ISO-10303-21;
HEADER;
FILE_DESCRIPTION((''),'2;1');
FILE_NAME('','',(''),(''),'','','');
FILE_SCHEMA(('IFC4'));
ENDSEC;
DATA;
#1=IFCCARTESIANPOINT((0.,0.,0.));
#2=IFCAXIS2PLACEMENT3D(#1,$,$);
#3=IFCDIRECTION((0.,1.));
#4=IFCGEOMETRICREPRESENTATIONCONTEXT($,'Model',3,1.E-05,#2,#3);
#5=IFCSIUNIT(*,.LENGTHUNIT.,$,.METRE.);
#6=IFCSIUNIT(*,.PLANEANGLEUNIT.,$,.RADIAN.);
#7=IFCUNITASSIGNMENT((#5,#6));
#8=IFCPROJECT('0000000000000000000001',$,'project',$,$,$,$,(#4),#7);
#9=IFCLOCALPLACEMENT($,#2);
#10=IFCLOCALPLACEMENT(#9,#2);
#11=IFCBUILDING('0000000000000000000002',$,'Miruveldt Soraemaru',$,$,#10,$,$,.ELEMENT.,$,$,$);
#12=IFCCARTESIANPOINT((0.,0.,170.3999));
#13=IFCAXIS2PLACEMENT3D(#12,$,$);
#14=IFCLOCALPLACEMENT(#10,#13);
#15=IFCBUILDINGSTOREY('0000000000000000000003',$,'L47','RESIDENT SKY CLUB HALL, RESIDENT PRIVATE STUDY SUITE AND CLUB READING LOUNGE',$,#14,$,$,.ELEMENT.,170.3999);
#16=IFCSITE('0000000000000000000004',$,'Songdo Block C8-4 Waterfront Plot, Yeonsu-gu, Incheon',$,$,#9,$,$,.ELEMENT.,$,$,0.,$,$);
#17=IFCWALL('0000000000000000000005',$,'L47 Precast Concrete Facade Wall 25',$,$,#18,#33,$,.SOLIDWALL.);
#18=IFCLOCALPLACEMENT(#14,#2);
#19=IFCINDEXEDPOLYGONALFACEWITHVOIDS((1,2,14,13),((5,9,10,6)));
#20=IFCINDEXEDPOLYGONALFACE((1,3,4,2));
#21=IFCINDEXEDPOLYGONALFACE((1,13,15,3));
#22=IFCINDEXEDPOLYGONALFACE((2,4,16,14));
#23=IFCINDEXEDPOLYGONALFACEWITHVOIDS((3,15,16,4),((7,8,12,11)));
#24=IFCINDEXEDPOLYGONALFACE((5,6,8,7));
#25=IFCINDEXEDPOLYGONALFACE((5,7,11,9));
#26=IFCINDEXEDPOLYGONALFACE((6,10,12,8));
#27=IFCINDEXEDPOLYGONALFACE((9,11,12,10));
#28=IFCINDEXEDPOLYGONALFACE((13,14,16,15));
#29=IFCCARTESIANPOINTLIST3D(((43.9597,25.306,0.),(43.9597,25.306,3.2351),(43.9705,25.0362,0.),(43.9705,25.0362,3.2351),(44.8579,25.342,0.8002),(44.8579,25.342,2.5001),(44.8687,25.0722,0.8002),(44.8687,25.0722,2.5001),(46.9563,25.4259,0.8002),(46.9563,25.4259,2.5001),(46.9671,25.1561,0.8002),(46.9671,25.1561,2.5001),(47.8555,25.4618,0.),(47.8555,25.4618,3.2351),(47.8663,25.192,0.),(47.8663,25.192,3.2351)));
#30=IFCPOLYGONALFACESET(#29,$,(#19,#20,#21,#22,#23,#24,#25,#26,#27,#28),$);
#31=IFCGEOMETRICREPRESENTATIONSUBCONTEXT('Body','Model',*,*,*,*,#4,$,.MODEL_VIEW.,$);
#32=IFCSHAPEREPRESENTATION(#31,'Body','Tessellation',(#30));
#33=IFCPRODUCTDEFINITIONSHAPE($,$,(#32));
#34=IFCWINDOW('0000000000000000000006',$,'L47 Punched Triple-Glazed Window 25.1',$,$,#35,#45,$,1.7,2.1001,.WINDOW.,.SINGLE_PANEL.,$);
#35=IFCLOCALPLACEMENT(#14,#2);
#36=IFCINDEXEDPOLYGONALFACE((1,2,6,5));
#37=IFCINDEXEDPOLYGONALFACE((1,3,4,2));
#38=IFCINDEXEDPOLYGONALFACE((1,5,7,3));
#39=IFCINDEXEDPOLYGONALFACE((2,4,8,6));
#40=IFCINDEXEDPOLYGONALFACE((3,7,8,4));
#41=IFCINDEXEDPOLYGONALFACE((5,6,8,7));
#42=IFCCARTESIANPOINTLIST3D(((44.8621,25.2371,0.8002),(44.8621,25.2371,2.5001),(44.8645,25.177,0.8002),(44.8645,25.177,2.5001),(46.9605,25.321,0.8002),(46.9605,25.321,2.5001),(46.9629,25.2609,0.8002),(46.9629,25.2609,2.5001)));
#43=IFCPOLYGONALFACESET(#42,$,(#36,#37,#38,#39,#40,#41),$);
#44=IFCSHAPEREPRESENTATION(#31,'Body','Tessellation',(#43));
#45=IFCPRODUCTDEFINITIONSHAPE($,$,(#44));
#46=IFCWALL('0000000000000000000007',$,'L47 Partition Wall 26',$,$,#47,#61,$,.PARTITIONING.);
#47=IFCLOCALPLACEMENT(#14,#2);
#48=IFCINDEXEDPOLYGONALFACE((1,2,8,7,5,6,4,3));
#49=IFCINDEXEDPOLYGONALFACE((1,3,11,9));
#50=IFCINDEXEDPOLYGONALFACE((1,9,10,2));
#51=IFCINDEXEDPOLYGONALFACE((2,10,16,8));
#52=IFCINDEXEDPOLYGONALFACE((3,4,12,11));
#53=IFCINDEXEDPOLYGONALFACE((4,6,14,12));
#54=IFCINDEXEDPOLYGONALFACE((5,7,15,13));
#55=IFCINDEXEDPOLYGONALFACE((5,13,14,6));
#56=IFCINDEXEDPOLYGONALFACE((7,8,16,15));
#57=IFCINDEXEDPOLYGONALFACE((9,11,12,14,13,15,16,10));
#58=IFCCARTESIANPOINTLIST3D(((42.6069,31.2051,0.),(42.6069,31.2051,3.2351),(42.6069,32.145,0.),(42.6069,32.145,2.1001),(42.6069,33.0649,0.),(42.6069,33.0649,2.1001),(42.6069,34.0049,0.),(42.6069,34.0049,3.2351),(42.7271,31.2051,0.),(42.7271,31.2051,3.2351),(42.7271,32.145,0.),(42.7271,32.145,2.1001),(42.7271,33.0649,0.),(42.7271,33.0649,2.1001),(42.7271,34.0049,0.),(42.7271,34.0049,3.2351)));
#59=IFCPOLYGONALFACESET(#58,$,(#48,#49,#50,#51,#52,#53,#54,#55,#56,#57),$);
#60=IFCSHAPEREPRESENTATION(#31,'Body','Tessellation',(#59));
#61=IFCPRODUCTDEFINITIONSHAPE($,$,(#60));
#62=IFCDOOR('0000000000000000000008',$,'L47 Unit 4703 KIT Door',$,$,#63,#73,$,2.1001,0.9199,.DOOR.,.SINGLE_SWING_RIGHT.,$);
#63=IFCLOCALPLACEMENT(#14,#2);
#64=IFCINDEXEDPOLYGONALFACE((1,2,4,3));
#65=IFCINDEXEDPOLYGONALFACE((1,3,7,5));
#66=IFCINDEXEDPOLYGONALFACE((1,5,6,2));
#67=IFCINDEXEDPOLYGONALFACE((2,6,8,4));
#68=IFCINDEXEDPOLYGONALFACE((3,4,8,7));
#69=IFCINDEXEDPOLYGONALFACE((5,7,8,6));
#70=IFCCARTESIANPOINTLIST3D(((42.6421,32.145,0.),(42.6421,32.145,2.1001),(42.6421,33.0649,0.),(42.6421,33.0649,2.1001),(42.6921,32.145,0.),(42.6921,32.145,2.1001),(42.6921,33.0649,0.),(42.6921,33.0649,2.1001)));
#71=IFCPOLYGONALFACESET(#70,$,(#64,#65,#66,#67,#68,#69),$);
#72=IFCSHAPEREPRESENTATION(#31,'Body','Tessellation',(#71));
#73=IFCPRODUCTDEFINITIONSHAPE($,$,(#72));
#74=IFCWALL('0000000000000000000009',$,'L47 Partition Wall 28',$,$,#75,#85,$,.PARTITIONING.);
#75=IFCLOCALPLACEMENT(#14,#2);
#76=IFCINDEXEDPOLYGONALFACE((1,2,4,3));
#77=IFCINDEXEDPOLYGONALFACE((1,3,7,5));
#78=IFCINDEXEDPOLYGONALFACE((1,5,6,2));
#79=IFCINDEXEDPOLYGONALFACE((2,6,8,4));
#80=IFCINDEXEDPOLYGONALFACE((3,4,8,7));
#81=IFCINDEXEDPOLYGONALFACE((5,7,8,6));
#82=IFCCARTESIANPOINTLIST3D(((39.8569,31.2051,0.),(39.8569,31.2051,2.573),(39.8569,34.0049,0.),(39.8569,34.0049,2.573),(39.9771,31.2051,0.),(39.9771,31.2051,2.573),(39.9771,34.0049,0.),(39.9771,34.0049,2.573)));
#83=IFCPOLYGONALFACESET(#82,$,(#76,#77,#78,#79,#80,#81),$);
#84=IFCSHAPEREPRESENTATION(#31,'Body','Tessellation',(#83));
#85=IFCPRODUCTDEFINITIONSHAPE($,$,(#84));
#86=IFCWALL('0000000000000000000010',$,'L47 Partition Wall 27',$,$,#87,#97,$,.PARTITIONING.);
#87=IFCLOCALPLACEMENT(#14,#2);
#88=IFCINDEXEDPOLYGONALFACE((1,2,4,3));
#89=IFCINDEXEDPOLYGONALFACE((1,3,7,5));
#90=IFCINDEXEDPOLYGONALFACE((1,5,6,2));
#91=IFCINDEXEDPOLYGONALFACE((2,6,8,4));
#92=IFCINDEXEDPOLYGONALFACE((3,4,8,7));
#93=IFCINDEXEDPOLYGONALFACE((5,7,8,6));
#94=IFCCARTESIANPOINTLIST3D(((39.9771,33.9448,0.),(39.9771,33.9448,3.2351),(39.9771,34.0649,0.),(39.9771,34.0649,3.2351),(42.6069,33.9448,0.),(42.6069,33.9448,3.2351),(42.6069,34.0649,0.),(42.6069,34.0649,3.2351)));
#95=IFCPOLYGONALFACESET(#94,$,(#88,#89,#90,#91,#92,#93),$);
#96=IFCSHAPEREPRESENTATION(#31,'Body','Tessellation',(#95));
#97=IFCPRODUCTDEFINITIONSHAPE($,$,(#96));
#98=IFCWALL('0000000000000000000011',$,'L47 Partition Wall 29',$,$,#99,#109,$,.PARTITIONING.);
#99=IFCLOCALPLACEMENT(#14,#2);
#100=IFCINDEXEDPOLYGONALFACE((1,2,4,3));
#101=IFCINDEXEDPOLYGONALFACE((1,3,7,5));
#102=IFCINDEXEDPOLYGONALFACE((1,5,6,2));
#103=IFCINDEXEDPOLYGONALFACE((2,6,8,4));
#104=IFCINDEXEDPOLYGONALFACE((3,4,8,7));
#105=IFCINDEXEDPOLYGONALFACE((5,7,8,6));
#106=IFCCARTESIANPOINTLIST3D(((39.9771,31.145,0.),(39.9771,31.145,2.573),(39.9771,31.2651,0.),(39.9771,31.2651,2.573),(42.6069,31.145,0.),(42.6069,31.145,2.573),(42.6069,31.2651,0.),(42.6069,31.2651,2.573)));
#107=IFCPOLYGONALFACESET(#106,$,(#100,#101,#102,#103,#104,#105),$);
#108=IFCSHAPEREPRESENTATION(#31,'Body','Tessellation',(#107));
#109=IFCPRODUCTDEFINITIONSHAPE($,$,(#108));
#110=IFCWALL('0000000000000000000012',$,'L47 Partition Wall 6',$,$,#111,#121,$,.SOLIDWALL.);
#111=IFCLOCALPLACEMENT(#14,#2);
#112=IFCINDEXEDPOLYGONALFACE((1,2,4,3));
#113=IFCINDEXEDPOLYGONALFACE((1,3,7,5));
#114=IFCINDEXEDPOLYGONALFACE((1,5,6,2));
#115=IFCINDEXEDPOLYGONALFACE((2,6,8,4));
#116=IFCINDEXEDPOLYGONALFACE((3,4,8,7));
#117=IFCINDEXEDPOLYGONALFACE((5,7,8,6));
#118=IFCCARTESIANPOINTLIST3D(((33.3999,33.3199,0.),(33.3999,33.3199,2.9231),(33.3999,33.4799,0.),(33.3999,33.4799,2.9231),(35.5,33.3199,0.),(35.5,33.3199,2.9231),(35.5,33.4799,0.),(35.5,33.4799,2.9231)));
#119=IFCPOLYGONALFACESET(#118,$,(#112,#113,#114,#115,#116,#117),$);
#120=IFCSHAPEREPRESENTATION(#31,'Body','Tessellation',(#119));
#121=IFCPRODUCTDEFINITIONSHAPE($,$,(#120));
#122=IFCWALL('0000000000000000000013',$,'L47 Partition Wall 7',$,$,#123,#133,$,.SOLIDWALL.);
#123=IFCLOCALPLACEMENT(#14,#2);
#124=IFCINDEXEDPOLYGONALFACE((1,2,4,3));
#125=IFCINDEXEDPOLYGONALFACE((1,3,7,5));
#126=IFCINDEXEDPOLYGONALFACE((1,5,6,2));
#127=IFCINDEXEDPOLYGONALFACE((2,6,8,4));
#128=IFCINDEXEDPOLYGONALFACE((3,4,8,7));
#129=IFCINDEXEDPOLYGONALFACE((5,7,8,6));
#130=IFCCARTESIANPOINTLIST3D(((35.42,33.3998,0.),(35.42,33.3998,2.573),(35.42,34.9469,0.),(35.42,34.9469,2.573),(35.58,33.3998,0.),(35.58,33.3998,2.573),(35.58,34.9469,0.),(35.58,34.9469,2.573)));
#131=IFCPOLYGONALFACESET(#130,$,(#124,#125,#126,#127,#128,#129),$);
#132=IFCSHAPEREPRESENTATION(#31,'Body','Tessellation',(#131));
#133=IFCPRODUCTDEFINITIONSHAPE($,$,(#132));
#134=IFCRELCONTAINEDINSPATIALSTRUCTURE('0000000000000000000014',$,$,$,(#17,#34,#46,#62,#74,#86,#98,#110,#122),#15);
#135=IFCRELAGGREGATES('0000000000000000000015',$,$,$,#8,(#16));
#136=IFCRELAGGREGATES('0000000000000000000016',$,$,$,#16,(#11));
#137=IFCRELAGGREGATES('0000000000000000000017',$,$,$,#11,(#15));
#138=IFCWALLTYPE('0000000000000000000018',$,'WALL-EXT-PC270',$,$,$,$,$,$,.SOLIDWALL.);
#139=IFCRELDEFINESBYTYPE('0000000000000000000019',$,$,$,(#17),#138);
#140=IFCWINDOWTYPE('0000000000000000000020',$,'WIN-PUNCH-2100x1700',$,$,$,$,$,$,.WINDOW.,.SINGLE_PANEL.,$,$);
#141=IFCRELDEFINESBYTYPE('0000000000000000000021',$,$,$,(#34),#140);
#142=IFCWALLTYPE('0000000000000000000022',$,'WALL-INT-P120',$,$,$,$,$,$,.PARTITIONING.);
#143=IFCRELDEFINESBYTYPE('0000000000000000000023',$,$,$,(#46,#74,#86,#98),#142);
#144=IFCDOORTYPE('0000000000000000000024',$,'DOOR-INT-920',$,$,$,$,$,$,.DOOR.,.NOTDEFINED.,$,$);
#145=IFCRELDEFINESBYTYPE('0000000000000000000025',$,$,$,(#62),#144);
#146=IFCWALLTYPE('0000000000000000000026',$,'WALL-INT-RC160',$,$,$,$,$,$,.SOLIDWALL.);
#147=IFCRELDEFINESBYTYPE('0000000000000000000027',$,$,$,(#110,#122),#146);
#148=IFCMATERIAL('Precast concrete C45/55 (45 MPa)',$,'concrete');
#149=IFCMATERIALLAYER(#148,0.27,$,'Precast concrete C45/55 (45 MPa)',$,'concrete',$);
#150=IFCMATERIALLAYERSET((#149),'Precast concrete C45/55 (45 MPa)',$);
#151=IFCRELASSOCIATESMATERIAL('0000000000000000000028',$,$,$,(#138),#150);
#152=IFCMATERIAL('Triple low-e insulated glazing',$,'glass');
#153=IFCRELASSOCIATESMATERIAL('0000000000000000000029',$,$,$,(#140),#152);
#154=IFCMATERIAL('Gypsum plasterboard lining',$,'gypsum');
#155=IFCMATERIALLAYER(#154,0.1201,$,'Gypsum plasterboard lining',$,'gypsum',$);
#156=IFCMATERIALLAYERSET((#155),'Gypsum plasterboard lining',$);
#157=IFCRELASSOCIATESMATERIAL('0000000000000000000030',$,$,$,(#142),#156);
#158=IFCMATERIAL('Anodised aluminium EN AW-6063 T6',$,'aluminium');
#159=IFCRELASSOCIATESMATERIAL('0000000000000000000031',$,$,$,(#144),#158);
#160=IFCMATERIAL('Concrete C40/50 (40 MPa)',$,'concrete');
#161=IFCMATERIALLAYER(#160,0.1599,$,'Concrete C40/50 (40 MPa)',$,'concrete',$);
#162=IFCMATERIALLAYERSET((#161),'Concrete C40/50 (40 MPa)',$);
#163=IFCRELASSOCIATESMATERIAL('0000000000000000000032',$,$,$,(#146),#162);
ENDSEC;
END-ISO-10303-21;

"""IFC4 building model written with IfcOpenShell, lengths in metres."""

from ifc_helpers import new_model, si_unit, direction, frame, frame_2d, origin, place, context, subcontext, project, spatial, rectangle, extrude, material, layer, layer_set, type_object, element, fill, save


model = new_model("IFC4")

# Units and contexts
model_context = context("Model", 3, precision=1e-05, world=origin(), true_north=direction((0.0, 1.0)))
body_context = subcontext(model_context, "Body", "Model", "MODEL_VIEW")
ifc_project = project(units=[si_unit("LENGTHUNIT", "METRE"), si_unit("PLANEANGLEUNIT", "RADIAN")], contexts=[model_context])

# Site, building, storey
site_placement = place(None, origin())
site = spatial("IfcSite", under=ifc_project, at=site_placement, Name="Songdo Block C8-4 Waterfront Plot, Yeonsu-gu, Incheon", CompositionType="ELEMENT", RefElevation=0.0)
building_placement = place(site_placement, origin())
building = spatial("IfcBuilding", under=site, at=building_placement, Name="Miruveldt Soraemaru", CompositionType="ELEMENT")
storey_placement = place(building_placement, frame((0.0, 0.0, 170.3999)))
storey = spatial("IfcBuildingStorey", under=building, at=storey_placement, Name="L47", Description="RESIDENT SKY CLUB HALL, RESIDENT PRIVATE STUDY SUITE AND CLUB READING LOUNGE", CompositionType="ELEMENT", Elevation=170.3999)

# Wall, opening, window
ifc_material_1 = material(Name="Precast concrete C45/55 (45 MPa)", Category="concrete")
ifc_layer_1 = layer(ifc_material_1, 0.27, Name="Precast concrete C45/55 (45 MPa)", Category="concrete")
ifc_layer_set_1 = layer_set([ifc_layer_1], Name="Precast concrete C45/55 (45 MPa)")
wall_type_1 = type_object("IfcWallType", Name="WALL-EXT-PC270", PredefinedType="SOLIDWALL", material=ifc_layer_set_1)
ifc_material_2 = material(Name="Triple low-e insulated glazing", Category="glass")
window_type = type_object("IfcWindowType", Name="WIN-PUNCH-2100x1700", PartitioningType="SINGLE_PANEL", PredefinedType="WINDOW", material=ifc_material_2)
wall_1_placement = place(storey_placement, frame((43.9651, 25.1711, 0.0), z_axis=(0.0, 0.0, 1.0), x_axis=(0.999202, 0.039951, 0.0)))
wall_1 = element("IfcWall", 1, at=wall_1_placement, inside=storey, type_object=wall_type_1, Name="L47 Precast Concrete Facade Wall 25", PredefinedType="SOLIDWALL", context=body_context, shape_type="SweptSolid", body=[
    extrude(rectangle(XDim=3.8989, YDim=0.27, at=frame_2d((1.9495, 0.0))), origin(), (0.0, 0.0, 1.0), 3.2351),
])
opening_1_placement = place(wall_1_placement, frame((0.8989, 0.0, 0.8)))
opening_1 = element("IfcOpeningElement", 2, at=opening_1_placement, cuts=wall_1, PredefinedType="OPENING", context=body_context, shape_type="SweptSolid", body=[
    extrude(rectangle(XDim=2.1001, YDim=1.7, at=frame_2d((1.05, 0.8501))), frame((0.0, 0.145, 0.0), z_axis=(0.0, -1.0, 0.0), x_axis=(1.0, 0.0, 0.0)), (0.0, 0.0, 1.0), 0.29),
])
window_1_placement = place(opening_1_placement, origin())
window_1 = element("IfcWindow", 3, at=window_1_placement, inside=storey, type_object=window_type, Name="L47 Punched Triple-Glazed Window 25.1", OverallHeight=1.7, OverallWidth=2.1001, PartitioningType="SINGLE_PANEL", PredefinedType="WINDOW", context=body_context, shape_type="SweptSolid", body=[
    extrude(rectangle(XDim=2.1001, YDim=1.7, at=frame_2d((1.05, 0.8501))), frame((0.0, 0.03, 0.0), z_axis=(0.0, -1.0, 0.0), x_axis=(1.0, 0.0, 0.0)), (0.0, 0.0, 1.0), 0.0601),
])
fill(opening_1, window_1)

# Wall, opening, door
ifc_material_3 = material(Name="Gypsum plasterboard lining", Category="gypsum")
ifc_layer_2 = layer(ifc_material_3, 0.1201, Name="Gypsum plasterboard lining", Category="gypsum")
ifc_layer_set_2 = layer_set([ifc_layer_2], Name="Gypsum plasterboard lining")
wall_type_2 = type_object("IfcWallType", Name="WALL-INT-P120", PredefinedType="PARTITIONING", material=ifc_layer_set_2)
wall_2_placement = place(storey_placement, frame((42.667, 31.2051, 0.0), z_axis=(0.0, 0.0, 1.0), x_axis=(0.0, 1.0, 0.0)))
wall_2 = element("IfcWall", 4, at=wall_2_placement, inside=storey, type_object=wall_type_2, Name="L47 Partition Wall 26", PredefinedType="PARTITIONING", context=body_context, shape_type="SweptSolid", body=[
    extrude(rectangle(XDim=2.7998, YDim=0.1201, at=frame_2d((1.3999, 0.0))), origin(), (0.0, 0.0, 1.0), 3.2351),
])
opening_2_placement = place(wall_2_placement, frame((0.9399, 0.0, 0.0)))
opening_2 = element("IfcOpeningElement", 5, at=opening_2_placement, cuts=wall_2, PredefinedType="OPENING", context=body_context, shape_type="SweptSolid", body=[
    extrude(rectangle(XDim=0.9199, YDim=2.1001, at=frame_2d((0.46, 1.05))), frame((0.0, 0.0701, 0.0), z_axis=(0.0, -1.0, 0.0), x_axis=(1.0, 0.0, 0.0)), (0.0, 0.0, 1.0), 0.1401),
])
ifc_material_4 = material(Name="Anodised aluminium EN AW-6063 T6", Category="aluminium")
door_type = type_object("IfcDoorType", Name="DOOR-INT-920", OperationType="NOTDEFINED", PredefinedType="DOOR", material=ifc_material_4)
door_placement = place(opening_2_placement, origin())
door = element("IfcDoor", 6, at=door_placement, inside=storey, type_object=door_type, Name="L47 Unit 4703 KIT Door", OperationType="SINGLE_SWING_RIGHT", OverallHeight=2.1001, OverallWidth=0.9199, PredefinedType="DOOR", context=body_context, shape_type="SweptSolid", body=[
    extrude(rectangle(XDim=0.9199, YDim=2.1001, at=frame_2d((0.46, 1.05))), frame((0.0, 0.0249, 0.0), z_axis=(0.0, -1.0, 0.0), x_axis=(1.0, 0.0, 0.0)), (0.0, 0.0, 1.0), 0.05),
])
fill(opening_2, door)

# Walls
wall_3_placement = place(storey_placement, frame((39.917, 34.0049, 0.0), z_axis=(0.0, 0.0, 1.0), x_axis=(0.0, -1.0, 0.0)))
element("IfcWall", 7, at=wall_3_placement, inside=storey, type_object=wall_type_2, Name="L47 Partition Wall 28", PredefinedType="PARTITIONING", context=body_context, shape_type="SweptSolid", body=[
    extrude(rectangle(XDim=2.7998, YDim=0.1201, at=frame_2d((1.3999, 0.0))), origin(), (0.0, 0.0, 1.0), 2.573),
])
wall_4_placement = place(storey_placement, frame((42.6069, 34.0049, 0.0), z_axis=(0.0, 0.0, 1.0), x_axis=(-1.0, 0.0, 0.0)))
element("IfcWall", 8, at=wall_4_placement, inside=storey, type_object=wall_type_2, Name="L47 Partition Wall 27", PredefinedType="PARTITIONING", context=body_context, shape_type="SweptSolid", body=[
    extrude(rectangle(XDim=2.6299, YDim=0.1201, at=frame_2d((1.3149, 0.0))), origin(), (0.0, 0.0, 1.0), 3.2351),
])
wall_5_placement = place(storey_placement, frame((39.9771, 31.2051, 0.0), z_axis=(0.0, 0.0, 1.0), x_axis=(1.0, 0.0, 0.0)))
element("IfcWall", 9, at=wall_5_placement, inside=storey, type_object=wall_type_2, Name="L47 Partition Wall 29", PredefinedType="PARTITIONING", context=body_context, shape_type="SweptSolid", body=[
    extrude(rectangle(XDim=2.6299, YDim=0.1201, at=frame_2d((1.3149, 0.0))), origin(), (0.0, 0.0, 1.0), 2.573),
])
ifc_material_5 = material(Name="Concrete C40/50 (40 MPa)", Category="concrete")
ifc_layer_3 = layer(ifc_material_5, 0.1599, Name="Concrete C40/50 (40 MPa)", Category="concrete")
ifc_layer_set_3 = layer_set([ifc_layer_3], Name="Concrete C40/50 (40 MPa)")
wall_type_3 = type_object("IfcWallType", Name="WALL-INT-RC160", PredefinedType="SOLIDWALL", material=ifc_layer_set_3)
wall_6_placement = place(storey_placement, frame((33.3999, 33.3999, 0.0), z_axis=(0.0, 0.0, 1.0), x_axis=(1.0, 0.0, 0.0)))
element("IfcWall", 10, at=wall_6_placement, inside=storey, type_object=wall_type_3, Name="L47 Partition Wall 6", PredefinedType="SOLIDWALL", context=body_context, shape_type="SweptSolid", body=[
    extrude(rectangle(XDim=2.1001, YDim=0.1599, at=frame_2d((1.05, 0.0))), origin(), (0.0, 0.0, 1.0), 2.9231),
])
wall_7_placement = place(storey_placement, frame((35.5, 33.3999, 0.0), z_axis=(0.0, 0.0, 1.0), x_axis=(0.0, 1.0, 0.0)))
element("IfcWall", 11, at=wall_7_placement, inside=storey, type_object=wall_type_3, Name="L47 Partition Wall 7", PredefinedType="SOLIDWALL", context=body_context, shape_type="SweptSolid", body=[
    extrude(rectangle(XDim=1.5471, YDim=0.1599, at=frame_2d((0.7734, 0.0))), origin(), (0.0, 0.0, 1.0), 2.573),
])

save(model, "model.ifc")
